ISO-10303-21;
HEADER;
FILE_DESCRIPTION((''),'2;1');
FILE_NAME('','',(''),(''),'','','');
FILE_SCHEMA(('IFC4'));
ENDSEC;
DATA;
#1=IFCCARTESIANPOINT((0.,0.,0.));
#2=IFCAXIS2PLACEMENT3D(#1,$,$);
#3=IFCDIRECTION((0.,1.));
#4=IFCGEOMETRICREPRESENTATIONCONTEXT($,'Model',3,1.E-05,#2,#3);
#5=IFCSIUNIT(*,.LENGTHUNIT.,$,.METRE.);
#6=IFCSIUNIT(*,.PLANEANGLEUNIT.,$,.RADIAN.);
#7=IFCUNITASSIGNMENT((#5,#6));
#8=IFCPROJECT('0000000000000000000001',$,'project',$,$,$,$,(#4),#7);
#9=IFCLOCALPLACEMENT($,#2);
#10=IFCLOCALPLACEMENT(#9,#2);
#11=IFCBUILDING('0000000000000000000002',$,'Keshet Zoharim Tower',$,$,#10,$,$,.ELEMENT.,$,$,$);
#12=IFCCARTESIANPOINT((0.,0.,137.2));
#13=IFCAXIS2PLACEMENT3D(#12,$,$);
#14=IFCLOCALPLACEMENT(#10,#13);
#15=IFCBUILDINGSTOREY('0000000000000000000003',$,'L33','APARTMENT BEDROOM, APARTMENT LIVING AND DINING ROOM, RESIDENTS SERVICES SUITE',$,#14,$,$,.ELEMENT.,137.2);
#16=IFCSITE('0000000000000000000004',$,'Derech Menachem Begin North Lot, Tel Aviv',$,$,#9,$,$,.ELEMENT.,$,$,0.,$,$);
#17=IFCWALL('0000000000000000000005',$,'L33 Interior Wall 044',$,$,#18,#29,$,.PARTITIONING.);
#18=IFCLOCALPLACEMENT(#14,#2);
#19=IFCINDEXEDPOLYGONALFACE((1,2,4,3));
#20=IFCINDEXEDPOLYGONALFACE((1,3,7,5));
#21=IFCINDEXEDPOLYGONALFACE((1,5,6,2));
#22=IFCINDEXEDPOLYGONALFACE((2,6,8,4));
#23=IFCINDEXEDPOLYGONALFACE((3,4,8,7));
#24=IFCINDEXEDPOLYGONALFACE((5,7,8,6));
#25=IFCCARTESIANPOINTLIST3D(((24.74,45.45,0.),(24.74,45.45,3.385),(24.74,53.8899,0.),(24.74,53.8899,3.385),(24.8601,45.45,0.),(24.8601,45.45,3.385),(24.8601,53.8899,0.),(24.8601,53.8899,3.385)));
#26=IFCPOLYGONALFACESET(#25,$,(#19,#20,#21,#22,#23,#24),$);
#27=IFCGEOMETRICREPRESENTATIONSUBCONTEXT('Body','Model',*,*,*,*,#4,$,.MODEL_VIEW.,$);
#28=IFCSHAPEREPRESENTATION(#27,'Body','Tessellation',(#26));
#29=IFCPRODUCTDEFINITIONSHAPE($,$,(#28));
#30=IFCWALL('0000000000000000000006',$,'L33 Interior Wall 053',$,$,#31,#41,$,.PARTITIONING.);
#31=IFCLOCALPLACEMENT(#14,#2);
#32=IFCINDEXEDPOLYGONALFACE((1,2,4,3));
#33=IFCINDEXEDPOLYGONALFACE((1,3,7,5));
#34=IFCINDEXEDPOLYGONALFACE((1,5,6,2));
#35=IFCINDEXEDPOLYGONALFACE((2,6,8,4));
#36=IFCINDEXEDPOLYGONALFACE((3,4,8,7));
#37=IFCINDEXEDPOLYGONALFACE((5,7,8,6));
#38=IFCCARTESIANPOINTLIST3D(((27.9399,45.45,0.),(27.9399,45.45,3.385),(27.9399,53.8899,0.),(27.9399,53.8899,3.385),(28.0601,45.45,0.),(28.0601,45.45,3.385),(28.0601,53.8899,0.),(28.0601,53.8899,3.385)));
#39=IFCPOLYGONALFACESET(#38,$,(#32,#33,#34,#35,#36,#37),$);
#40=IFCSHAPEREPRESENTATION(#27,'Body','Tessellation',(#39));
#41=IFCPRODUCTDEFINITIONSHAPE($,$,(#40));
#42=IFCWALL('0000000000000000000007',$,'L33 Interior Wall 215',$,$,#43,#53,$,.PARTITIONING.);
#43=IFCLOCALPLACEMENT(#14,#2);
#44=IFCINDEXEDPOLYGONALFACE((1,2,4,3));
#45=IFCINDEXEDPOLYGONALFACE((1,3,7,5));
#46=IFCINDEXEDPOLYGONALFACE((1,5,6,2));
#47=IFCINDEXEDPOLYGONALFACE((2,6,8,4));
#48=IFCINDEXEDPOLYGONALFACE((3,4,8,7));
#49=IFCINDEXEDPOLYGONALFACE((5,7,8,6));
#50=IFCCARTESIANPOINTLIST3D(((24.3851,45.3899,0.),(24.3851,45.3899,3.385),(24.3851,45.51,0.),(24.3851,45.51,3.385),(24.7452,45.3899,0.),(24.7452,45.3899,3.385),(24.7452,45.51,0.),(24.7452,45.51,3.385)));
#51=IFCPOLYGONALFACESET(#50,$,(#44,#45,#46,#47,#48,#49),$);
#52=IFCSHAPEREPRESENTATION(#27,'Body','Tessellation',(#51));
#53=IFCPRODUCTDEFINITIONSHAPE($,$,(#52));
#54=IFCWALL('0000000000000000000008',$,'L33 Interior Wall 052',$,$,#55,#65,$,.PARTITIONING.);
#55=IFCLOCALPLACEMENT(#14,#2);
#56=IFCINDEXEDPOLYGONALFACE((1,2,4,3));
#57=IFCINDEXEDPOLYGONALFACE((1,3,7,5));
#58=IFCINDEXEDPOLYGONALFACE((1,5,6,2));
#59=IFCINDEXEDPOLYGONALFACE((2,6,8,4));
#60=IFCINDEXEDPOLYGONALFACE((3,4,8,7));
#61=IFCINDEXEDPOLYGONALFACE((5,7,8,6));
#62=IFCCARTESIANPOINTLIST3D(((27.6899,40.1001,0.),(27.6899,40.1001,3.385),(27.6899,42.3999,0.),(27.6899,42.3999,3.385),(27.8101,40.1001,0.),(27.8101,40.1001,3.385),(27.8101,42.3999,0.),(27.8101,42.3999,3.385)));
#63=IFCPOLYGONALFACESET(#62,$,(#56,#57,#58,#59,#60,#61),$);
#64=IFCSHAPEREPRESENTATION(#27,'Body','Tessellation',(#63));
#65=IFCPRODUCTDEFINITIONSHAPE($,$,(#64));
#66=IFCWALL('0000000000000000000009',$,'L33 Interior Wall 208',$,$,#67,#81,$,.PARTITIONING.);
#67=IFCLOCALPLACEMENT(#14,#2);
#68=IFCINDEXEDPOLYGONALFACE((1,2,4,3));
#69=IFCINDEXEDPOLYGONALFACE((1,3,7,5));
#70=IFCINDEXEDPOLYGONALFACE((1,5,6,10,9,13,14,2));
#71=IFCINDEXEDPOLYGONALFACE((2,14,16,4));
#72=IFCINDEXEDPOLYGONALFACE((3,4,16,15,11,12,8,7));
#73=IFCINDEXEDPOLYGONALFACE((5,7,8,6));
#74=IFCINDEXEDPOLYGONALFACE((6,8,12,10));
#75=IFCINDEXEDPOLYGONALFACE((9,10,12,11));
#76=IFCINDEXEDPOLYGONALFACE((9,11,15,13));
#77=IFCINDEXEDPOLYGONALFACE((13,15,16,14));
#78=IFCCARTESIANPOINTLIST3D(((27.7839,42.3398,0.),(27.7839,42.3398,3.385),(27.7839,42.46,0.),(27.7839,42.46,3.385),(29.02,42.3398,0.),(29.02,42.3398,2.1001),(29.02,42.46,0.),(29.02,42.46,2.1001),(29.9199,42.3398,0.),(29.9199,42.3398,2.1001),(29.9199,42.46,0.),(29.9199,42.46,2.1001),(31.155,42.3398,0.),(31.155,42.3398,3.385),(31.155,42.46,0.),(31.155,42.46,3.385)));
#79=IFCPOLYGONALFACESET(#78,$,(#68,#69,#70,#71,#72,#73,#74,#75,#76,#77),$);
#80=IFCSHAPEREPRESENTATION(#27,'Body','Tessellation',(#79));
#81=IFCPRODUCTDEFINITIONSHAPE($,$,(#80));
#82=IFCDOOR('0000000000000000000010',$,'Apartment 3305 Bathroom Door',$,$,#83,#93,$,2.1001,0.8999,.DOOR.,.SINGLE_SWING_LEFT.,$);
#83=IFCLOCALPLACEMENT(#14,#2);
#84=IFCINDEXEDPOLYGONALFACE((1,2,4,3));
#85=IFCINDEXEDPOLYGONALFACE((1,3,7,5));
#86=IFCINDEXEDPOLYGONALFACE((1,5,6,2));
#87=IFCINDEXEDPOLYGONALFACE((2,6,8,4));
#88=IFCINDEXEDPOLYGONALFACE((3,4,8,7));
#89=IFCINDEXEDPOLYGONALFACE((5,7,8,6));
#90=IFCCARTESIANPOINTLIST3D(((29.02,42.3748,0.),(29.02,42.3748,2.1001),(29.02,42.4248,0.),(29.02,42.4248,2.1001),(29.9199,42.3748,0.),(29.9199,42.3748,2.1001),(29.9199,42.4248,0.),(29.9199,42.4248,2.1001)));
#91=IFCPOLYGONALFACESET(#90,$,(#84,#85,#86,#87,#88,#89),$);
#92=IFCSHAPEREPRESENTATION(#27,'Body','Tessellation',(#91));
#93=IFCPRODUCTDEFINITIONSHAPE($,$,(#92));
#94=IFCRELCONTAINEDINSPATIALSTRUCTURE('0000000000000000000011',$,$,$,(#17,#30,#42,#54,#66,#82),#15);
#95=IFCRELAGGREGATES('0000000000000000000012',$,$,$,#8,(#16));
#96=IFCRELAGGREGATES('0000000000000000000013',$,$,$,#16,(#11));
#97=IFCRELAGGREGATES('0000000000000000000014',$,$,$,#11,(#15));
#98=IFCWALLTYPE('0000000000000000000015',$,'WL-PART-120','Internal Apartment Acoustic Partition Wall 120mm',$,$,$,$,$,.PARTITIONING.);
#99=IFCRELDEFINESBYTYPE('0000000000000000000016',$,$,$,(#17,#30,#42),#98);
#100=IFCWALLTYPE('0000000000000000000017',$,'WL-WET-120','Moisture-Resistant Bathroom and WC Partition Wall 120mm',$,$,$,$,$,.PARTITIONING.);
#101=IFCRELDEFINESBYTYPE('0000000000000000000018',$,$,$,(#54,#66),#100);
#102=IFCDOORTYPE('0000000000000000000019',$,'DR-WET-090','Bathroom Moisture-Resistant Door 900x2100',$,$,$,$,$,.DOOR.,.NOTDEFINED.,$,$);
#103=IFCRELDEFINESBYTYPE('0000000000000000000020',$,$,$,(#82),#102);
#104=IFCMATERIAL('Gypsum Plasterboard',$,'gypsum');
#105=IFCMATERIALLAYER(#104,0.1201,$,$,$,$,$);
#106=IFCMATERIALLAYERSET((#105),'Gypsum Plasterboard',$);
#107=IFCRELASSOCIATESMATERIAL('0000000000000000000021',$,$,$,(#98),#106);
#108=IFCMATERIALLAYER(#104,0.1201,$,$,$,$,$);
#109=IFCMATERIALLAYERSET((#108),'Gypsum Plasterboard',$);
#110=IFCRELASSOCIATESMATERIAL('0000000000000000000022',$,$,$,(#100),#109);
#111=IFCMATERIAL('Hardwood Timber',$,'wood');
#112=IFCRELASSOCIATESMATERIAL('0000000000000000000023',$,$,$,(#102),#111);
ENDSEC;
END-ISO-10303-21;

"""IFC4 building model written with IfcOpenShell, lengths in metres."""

from ifc_helpers import new_model, si_unit, direction, frame, frame_2d, origin, place, context, subcontext, project, spatial, rectangle, extrude, material, layer, layer_set, type_object, element, fill, save


model = new_model("IFC4")

# Units and contexts
model_context = context("Model", 3, precision=1e-05, world=origin(), true_north=direction((0.0, 1.0)))
body_context = subcontext(model_context, "Body", "Model", "MODEL_VIEW")
ifc_project = project(units=[si_unit("LENGTHUNIT", "METRE"), si_unit("PLANEANGLEUNIT", "RADIAN")], contexts=[model_context])

# Site, building, storey
site_placement = place(None, origin())
site = spatial("IfcSite", under=ifc_project, at=site_placement, Name="Derech Menachem Begin North Lot, Tel Aviv", CompositionType="ELEMENT", RefElevation=0.0)
building_placement = place(site_placement, origin())
building = spatial("IfcBuilding", under=site, at=building_placement, Name="Keshet Zoharim Tower", CompositionType="ELEMENT")
storey_placement = place(building_placement, frame((0.0, 0.0, 137.2)))
storey = spatial("IfcBuildingStorey", under=building, at=storey_placement, Name="L33", Description="APARTMENT BEDROOM, APARTMENT LIVING AND DINING ROOM, RESIDENTS SERVICES SUITE", CompositionType="ELEMENT", Elevation=137.2)

# Shared definitions
ifc_material_1 = material(Name="Gypsum Plasterboard", Category="gypsum")

# Shared definitions
ifc_material_2 = material(Name="Hardwood Timber", Category="wood")

# Walls
ifc_layer_1 = layer(ifc_material_1, 0.1201)
ifc_layer_set_1 = layer_set([ifc_layer_1], Name="Gypsum Plasterboard")
wall_type_1 = type_object("IfcWallType", Name="WL-PART-120", Description="Internal Apartment Acoustic Partition Wall 120mm", PredefinedType="PARTITIONING", material=ifc_layer_set_1)
for number, where, z_axis, x_axis, name in (
    (1, (24.8, 45.45, 0.0), (0.0, 0.0, 1.0), (0.0, 1.0, 0.0), "L33 Interior Wall 044"),
    (2, (28.0, 45.45, 0.0), (0.0, 0.0, 1.0), (0.0, 1.0, 0.0), "L33 Interior Wall 053"),
):
    element("IfcWall", number, at=place(storey_placement, frame(where, z_axis=z_axis, x_axis=x_axis)), inside=storey, type_object=wall_type_1, Name=name, PredefinedType="PARTITIONING", context=body_context, shape_type="SweptSolid", body=[
        extrude(rectangle(XDim=8.4399, YDim=0.1201, at=frame_2d((4.22, 0.0))), origin(), (0.0, 0.0, 1.0), 3.385),
    ])

# Wall
wall_1_placement = place(storey_placement, frame((24.385, 45.45, 0.0), z_axis=(0.0, 0.0, 1.0), x_axis=(1.0, 0.0, 0.0)))
element("IfcWall", 3, at=wall_1_placement, inside=storey, type_object=wall_type_1, Name="L33 Interior Wall 215", PredefinedType="PARTITIONING", context=body_context, shape_type="SweptSolid", body=[
    extrude(rectangle(XDim=0.3601, YDim=0.1201, at=frame_2d((0.1802, 0.0))), origin(), (0.0, 0.0, 1.0), 3.385),
])

# Wall
ifc_layer_2 = layer(ifc_material_1, 0.1201)
ifc_layer_set_2 = layer_set([ifc_layer_2], Name="Gypsum Plasterboard")
wall_type_2 = type_object("IfcWallType", Name="WL-WET-120", Description="Moisture-Resistant Bathroom and WC Partition Wall 120mm", PredefinedType="PARTITIONING", material=ifc_layer_set_2)
wall_2_placement = place(storey_placement, frame((27.75, 40.1001, 0.0), z_axis=(0.0, 0.0, 1.0), x_axis=(0.0, 1.0, 0.0)))
element("IfcWall", 4, at=wall_2_placement, inside=storey, type_object=wall_type_2, Name="L33 Interior Wall 052", PredefinedType="PARTITIONING", context=body_context, shape_type="SweptSolid", body=[
    extrude(rectangle(XDim=2.2998, YDim=0.1201, at=frame_2d((1.1499, 0.0))), origin(), (0.0, 0.0, 1.0), 3.385),
])

# Wall, opening, door
wall_3_placement = place(storey_placement, frame((27.7839, 42.3999, 0.0), z_axis=(0.0, 0.0, 1.0), x_axis=(1.0, 0.0, 0.0)))
wall_3 = element("IfcWall", 5, at=wall_3_placement, inside=storey, type_object=wall_type_2, Name="L33 Interior Wall 208", PredefinedType="PARTITIONING", context=body_context, shape_type="SweptSolid", body=[
    extrude(rectangle(XDim=3.3711, YDim=0.1201, at=frame_2d((1.6855, 0.0))), origin(), (0.0, 0.0, 1.0), 3.385),
])
opening_1_placement = place(wall_3_placement, frame((1.2361, 0.0, 0.0)))
opening_1 = element("IfcOpeningElement", 6, at=opening_1_placement, cuts=wall_3, PredefinedType="OPENING", context=body_context, shape_type="SweptSolid", body=[
    extrude(rectangle(XDim=0.8999, YDim=2.1001, at=frame_2d((0.45, 1.05))), frame((0.0, 0.0701, 0.0), z_axis=(0.0, -1.0, 0.0), x_axis=(1.0, 0.0, 0.0)), (0.0, 0.0, 1.0), 0.1401),
])
door_type_1 = type_object("IfcDoorType", Name="DR-WET-090", Description="Bathroom Moisture-Resistant Door 900x2100", OperationType="NOTDEFINED", PredefinedType="DOOR", material=ifc_material_2)
door_1_placement = place(opening_1_placement, origin())
door_1 = element("IfcDoor", 7, at=door_1_placement, inside=storey, type_object=door_type_1, Name="Apartment 3305 Bathroom Door", OperationType="SINGLE_SWING_LEFT", OverallHeight=2.1001, OverallWidth=0.8999, PredefinedType="DOOR", context=body_context, shape_type="SweptSolid", body=[
    extrude(rectangle(XDim=0.8999, YDim=2.1001, at=frame_2d((0.45, 1.05))), frame((0.0, 0.0249, 0.0), z_axis=(0.0, -1.0, 0.0), x_axis=(1.0, 0.0, 0.0)), (0.0, 0.0, 1.0), 0.05),
])
fill(opening_1, door_1)

save(model, "model.ifc")
